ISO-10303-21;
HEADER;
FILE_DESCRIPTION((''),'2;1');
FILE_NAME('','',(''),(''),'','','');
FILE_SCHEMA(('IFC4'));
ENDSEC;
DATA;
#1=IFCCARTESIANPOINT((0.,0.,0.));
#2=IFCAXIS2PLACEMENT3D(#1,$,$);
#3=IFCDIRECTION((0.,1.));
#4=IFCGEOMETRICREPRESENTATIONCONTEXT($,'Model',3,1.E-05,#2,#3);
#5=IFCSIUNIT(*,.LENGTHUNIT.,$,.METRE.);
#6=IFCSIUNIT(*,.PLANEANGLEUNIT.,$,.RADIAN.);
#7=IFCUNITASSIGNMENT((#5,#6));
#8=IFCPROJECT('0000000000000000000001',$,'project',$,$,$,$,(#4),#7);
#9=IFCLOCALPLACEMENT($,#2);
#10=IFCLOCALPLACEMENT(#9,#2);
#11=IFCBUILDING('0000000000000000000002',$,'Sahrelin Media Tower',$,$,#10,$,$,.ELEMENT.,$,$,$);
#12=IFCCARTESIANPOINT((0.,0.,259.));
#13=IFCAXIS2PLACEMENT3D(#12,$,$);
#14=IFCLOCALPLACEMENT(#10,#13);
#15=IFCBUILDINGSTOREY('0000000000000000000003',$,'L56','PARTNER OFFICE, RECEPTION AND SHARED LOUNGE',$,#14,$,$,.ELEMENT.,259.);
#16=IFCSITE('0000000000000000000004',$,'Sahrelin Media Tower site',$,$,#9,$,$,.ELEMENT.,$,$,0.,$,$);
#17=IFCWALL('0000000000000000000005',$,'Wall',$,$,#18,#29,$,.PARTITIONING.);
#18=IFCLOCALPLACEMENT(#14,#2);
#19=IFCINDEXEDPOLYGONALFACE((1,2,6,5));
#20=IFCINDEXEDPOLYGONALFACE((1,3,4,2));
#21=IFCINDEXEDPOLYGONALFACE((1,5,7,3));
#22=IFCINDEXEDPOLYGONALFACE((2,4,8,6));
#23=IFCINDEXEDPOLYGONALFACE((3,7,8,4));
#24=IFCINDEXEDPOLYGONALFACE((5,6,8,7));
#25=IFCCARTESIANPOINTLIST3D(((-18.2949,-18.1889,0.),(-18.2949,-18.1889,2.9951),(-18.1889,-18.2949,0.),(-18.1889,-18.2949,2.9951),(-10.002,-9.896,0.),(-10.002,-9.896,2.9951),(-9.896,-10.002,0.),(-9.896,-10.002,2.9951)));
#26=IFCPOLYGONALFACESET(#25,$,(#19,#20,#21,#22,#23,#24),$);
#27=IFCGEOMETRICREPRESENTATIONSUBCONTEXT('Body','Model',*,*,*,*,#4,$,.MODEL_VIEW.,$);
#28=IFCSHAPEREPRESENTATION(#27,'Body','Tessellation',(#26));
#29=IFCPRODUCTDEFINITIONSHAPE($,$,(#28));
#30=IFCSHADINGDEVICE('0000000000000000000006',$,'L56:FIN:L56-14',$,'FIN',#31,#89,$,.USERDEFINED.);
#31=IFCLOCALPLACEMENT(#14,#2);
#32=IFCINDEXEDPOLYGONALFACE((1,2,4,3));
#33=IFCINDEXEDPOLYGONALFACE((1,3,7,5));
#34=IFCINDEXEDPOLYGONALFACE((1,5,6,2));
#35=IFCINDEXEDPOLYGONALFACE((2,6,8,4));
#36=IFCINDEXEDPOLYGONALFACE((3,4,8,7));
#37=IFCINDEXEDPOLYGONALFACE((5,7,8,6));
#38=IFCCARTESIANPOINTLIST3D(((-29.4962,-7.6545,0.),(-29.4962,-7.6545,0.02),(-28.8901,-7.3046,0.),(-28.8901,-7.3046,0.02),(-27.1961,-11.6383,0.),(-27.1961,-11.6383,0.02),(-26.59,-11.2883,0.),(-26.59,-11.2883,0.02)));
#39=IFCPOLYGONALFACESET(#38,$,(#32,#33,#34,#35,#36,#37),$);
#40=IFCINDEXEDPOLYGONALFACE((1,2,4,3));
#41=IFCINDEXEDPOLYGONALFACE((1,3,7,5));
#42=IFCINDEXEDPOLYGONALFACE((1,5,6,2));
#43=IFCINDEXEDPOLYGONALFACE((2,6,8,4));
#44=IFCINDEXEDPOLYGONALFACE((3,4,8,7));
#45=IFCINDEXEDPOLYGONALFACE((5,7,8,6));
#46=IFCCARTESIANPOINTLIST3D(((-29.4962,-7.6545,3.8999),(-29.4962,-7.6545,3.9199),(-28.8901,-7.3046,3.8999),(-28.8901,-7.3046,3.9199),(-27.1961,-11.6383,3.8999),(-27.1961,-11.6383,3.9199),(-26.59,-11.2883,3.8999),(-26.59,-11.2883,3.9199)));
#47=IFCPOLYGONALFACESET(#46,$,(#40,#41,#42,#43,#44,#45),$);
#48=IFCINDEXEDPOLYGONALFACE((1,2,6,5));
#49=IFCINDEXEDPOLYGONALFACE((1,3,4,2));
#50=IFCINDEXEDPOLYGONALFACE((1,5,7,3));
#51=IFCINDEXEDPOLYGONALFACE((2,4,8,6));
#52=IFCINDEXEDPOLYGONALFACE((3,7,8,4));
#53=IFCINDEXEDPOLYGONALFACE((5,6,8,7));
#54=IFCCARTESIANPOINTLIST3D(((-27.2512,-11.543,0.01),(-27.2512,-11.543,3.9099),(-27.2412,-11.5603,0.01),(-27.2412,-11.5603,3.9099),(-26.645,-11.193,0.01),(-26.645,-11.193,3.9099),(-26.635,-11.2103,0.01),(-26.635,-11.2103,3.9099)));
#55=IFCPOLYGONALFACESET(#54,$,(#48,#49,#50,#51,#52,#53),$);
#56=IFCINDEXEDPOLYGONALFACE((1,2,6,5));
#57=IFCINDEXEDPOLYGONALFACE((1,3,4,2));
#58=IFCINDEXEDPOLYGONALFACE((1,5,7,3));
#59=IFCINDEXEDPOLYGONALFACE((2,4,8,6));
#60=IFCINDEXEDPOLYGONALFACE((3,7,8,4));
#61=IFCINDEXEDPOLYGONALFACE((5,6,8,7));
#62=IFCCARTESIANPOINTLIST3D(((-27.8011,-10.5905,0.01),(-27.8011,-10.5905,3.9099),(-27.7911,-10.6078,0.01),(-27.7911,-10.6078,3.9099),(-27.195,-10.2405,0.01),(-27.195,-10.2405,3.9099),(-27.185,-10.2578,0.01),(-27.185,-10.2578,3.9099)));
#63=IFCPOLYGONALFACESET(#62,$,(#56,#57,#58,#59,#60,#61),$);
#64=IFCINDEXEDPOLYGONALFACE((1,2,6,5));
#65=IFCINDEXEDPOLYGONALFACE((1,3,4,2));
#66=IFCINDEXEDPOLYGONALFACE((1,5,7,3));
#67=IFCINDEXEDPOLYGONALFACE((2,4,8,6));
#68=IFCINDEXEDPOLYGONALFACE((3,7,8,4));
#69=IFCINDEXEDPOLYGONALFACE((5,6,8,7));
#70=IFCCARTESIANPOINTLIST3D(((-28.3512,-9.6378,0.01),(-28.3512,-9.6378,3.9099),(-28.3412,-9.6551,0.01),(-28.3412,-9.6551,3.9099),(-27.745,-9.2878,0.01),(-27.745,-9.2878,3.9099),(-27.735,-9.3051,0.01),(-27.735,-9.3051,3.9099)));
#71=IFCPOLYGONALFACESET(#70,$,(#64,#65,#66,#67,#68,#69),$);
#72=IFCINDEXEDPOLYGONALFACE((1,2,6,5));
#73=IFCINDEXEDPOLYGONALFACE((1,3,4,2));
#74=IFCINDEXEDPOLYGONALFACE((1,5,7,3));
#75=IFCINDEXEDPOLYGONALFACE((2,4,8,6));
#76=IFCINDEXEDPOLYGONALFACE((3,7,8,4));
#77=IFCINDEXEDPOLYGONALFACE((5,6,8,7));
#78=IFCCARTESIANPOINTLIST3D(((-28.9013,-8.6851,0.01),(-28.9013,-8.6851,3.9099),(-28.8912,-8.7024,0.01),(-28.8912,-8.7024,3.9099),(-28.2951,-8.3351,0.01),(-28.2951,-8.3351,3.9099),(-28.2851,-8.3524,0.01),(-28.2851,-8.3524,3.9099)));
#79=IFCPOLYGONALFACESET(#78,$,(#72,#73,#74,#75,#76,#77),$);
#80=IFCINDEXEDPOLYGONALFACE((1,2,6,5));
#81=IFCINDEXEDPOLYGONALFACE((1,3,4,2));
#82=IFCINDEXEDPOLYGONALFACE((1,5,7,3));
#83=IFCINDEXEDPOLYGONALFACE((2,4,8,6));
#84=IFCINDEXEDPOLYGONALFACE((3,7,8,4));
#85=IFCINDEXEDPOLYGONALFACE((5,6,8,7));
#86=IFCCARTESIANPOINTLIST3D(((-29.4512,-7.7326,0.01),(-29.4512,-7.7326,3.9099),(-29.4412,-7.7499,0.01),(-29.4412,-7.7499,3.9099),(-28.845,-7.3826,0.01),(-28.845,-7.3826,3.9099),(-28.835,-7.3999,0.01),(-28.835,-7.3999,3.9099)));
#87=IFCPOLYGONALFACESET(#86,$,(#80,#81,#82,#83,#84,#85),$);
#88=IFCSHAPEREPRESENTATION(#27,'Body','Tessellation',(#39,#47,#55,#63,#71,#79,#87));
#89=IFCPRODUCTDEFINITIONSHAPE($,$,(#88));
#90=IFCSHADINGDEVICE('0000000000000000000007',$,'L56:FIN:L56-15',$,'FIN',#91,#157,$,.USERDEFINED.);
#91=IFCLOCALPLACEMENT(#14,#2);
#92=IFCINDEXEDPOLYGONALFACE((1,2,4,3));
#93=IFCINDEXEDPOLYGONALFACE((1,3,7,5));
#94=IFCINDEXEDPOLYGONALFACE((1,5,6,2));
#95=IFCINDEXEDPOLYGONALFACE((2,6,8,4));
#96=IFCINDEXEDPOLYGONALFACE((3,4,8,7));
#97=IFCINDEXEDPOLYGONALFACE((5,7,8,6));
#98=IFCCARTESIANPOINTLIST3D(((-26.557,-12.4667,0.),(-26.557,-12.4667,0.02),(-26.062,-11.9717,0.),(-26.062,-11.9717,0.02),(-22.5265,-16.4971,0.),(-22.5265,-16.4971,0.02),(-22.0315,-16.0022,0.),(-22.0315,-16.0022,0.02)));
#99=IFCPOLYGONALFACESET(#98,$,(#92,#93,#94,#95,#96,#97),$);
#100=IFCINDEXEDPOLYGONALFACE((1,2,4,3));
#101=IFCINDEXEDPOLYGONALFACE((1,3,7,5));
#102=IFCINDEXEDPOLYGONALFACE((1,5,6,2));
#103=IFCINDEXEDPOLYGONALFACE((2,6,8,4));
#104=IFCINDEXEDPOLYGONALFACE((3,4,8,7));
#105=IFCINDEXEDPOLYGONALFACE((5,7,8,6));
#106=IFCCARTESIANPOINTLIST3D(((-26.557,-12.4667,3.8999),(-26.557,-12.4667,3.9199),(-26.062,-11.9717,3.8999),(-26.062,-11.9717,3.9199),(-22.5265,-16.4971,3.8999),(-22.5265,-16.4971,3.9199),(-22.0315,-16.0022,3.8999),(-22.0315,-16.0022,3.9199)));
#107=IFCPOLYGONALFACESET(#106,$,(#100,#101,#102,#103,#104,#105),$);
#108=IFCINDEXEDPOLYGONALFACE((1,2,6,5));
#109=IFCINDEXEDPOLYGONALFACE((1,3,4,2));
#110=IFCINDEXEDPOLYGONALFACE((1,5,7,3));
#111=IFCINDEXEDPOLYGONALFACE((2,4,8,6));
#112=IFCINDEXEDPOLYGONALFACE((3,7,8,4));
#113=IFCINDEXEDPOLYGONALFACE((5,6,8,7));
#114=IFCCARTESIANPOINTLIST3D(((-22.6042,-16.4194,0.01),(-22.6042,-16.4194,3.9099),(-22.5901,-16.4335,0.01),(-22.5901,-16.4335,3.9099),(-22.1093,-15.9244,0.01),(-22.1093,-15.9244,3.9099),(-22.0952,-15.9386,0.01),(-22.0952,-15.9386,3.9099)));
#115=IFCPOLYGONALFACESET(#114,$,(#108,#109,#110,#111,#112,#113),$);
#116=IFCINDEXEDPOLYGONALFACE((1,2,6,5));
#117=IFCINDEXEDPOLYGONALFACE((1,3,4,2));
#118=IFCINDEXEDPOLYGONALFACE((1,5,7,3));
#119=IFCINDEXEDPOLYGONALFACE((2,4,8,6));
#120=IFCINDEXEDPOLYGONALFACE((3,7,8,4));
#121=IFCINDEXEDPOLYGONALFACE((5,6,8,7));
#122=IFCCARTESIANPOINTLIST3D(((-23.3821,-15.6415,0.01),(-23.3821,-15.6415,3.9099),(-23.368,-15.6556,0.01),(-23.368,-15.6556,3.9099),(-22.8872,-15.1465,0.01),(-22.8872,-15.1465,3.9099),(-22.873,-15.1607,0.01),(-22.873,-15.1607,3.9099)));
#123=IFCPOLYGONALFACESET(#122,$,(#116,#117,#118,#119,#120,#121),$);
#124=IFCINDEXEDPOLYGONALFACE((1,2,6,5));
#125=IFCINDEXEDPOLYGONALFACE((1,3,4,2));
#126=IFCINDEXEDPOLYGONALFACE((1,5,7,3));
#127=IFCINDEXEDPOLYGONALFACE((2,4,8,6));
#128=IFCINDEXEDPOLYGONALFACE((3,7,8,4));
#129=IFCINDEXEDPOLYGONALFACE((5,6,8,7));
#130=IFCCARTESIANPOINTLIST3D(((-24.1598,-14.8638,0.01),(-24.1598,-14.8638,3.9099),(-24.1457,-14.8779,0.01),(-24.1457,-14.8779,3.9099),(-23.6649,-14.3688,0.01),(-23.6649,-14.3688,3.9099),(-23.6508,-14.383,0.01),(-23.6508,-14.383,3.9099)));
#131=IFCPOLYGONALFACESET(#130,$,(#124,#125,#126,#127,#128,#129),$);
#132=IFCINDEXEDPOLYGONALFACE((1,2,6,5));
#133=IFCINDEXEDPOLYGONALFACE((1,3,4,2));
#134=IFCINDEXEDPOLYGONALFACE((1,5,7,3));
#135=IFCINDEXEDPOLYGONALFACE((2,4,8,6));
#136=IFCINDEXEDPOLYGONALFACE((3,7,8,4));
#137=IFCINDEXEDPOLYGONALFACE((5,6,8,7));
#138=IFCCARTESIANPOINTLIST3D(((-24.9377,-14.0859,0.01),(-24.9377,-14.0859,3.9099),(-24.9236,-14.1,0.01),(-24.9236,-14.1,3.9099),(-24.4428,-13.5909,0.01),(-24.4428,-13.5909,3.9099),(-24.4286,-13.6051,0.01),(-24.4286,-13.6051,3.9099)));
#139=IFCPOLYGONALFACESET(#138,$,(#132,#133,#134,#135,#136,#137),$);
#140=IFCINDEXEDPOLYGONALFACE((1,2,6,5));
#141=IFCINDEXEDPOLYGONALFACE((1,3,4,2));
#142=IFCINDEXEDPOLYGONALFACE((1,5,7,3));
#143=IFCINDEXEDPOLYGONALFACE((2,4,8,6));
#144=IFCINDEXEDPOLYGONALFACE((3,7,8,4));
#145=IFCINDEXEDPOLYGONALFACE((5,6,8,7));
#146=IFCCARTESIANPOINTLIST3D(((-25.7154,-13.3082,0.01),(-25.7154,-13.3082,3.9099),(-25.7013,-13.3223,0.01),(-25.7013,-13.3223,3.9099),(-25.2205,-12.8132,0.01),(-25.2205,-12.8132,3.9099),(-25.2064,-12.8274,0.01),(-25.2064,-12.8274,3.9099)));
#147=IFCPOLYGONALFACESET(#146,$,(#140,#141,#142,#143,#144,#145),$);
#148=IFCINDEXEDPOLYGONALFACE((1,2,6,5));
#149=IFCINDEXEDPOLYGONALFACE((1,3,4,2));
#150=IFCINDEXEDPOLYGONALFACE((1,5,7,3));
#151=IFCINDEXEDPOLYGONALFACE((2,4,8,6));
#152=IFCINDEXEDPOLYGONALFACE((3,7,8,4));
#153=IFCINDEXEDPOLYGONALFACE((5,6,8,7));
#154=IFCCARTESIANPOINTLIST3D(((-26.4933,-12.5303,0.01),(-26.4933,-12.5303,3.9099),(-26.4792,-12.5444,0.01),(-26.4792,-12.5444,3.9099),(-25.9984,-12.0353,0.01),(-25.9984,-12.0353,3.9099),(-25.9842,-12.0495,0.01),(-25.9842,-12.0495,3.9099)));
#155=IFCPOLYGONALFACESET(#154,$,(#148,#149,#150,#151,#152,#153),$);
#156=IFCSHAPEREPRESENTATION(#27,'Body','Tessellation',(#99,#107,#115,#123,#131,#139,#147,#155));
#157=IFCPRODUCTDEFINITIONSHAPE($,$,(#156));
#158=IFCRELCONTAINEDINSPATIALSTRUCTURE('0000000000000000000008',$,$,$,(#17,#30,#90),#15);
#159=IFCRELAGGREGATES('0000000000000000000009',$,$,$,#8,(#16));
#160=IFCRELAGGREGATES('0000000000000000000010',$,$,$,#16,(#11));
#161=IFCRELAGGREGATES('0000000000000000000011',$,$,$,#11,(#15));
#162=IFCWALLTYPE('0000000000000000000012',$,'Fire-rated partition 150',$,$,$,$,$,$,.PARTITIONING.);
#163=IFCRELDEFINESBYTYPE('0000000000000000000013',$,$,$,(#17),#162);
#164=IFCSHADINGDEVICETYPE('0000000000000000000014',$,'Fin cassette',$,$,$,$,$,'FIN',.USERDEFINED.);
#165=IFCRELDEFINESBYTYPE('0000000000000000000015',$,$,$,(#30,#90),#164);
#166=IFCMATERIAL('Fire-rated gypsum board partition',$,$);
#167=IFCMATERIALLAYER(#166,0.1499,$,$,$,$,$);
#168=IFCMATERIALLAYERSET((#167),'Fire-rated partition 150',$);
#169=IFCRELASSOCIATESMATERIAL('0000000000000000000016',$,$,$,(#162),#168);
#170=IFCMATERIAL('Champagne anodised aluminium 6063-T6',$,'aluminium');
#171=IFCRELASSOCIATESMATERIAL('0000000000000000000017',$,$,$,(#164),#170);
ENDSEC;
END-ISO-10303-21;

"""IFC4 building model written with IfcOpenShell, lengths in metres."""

from ifc_helpers import new_model, si_unit, direction, frame, frame_2d, origin, origin_2d, place, context, subcontext, project, spatial, rectangle, extrude, material, layer, layer_set, type_object, element, save


model = new_model("IFC4")

# Units and contexts
model_context = context("Model", 3, precision=1e-05, world=origin(), true_north=direction((0.0, 1.0)))
body_context = subcontext(model_context, "Body", "Model", "MODEL_VIEW")
ifc_project = project(units=[si_unit("LENGTHUNIT", "METRE"), si_unit("PLANEANGLEUNIT", "RADIAN")], contexts=[model_context])

# Site, building, storey
site_placement = place(None, origin())
site = spatial("IfcSite", under=ifc_project, at=site_placement, Name="Sahrelin Media Tower site", CompositionType="ELEMENT", RefElevation=0.0)
building_placement = place(site_placement, origin())
building = spatial("IfcBuilding", under=site, at=building_placement, Name="Sahrelin Media Tower", CompositionType="ELEMENT")
storey_placement = place(building_placement, frame((0.0, 0.0, 259.0)))
storey = spatial("IfcBuildingStorey", under=building, at=storey_placement, Name="L56", Description="PARTNER OFFICE, RECEPTION AND SHARED LOUNGE", CompositionType="ELEMENT", Elevation=259.0)

# Shared definitions
ifc_material_1 = material(Name="Champagne anodised aluminium 6063-T6", Category="aluminium")

# Wall
ifc_material_2 = material(Name="Fire-rated gypsum board partition")
ifc_layer_1 = layer(ifc_material_2, 0.1499)
ifc_layer_set_1 = layer_set([ifc_layer_1], Name="Fire-rated partition 150")
wall_type = type_object("IfcWallType", Name="Fire-rated partition 150", PredefinedType="PARTITIONING", material=ifc_layer_set_1)
wall_placement = place(storey_placement, frame((-18.2419, -18.2419, 0.0), z_axis=(0.0, 0.0, 1.0), x_axis=(0.707107, 0.707107, 0.0)))
element("IfcWall", 1, at=wall_placement, inside=storey, type_object=wall_type, Name="Wall", PredefinedType="PARTITIONING", context=body_context, shape_type="SweptSolid", body=[
    extrude(rectangle(XDim=11.728, YDim=0.1499, at=frame_2d((5.864, 0.0))), origin(), (0.0, 0.0, 1.0), 2.9951),
])

# Shading devices
shading_device_type_1 = type_object("IfcShadingDeviceType", Name="Fin cassette", ElementType="FIN", PredefinedType="USERDEFINED", material=ifc_material_1)
placement_1 = place(storey_placement, frame((-27.6794, -9.2615, 0.0), z_axis=(0.0, 0.0, 1.0), x_axis=(-0.500011, 0.866019, 0.0)))
element("IfcShadingDevice", 2, at=placement_1, inside=storey, type_object=shading_device_type_1, Name="L56:FIN:L56-14", ObjectType="FIN", PredefinedType="USERDEFINED", context=body_context, shape_type="SweptSolid", body=[
    extrude(rectangle(XDim=4.6001, YDim=0.7, at=origin_2d()), frame((0.0, 0.4199, 0.0)), (0.0, 0.0, 1.0), 0.02),
    extrude(rectangle(XDim=4.6001, YDim=0.7, at=origin_2d()), frame((0.0, 0.4199, 3.8999)), (0.0, 0.0, 1.0), 0.02),
    extrude(rectangle(XDim=0.02, YDim=0.7, at=origin_2d()), frame((-2.2, 0.4199, 0.01), z_axis=(0.0, 0.0, 1.0), x_axis=(1.0, 0.0, 0.0)), (0.0, 0.0, 1.0), 3.8999),
    extrude(rectangle(XDim=0.02, YDim=0.7, at=origin_2d()), frame((-1.1001, 0.4199, 0.01), z_axis=(0.0, 0.0, 1.0), x_axis=(1.0, 0.0, 0.0)), (0.0, 0.0, 1.0), 3.8999),
    extrude(rectangle(XDim=0.02, YDim=0.7, at=origin_2d()), frame((0.0, 0.4199, 0.01), z_axis=(0.0, 0.0, 1.0), x_axis=(1.0, 0.0, 0.0)), (0.0, 0.0, 1.0), 3.8999),
    extrude(rectangle(XDim=0.02, YDim=0.7, at=origin_2d()), frame((1.1001, 0.4199, 0.01), z_axis=(0.0, 0.0, 1.0), x_axis=(1.0, 0.0, 0.0)), (0.0, 0.0, 1.0), 3.8999),
    extrude(rectangle(XDim=0.02, YDim=0.7, at=origin_2d()), frame((2.2, 0.4199, 0.01), z_axis=(0.0, 0.0, 1.0), x_axis=(1.0, 0.0, 0.0)), (0.0, 0.0, 1.0), 3.8999),
])
placement_2 = place(storey_placement, frame((-23.9973, -13.9375, 0.0), z_axis=(0.0, 0.0, 1.0), x_axis=(-0.707107, 0.707107, 0.0)))
element("IfcShadingDevice", 3, at=placement_2, inside=storey, type_object=shading_device_type_1, Name="L56:FIN:L56-15", ObjectType="FIN", PredefinedType="USERDEFINED", context=body_context, shape_type="SweptSolid", body=[
    extrude(rectangle(XDim=5.7, YDim=0.7, at=origin_2d()), frame((0.0, 0.4199, 0.0)), (0.0, 0.0, 1.0), 0.02),
    extrude(rectangle(XDim=5.7, YDim=0.7, at=origin_2d()), frame((0.0, 0.4199, 3.8999)), (0.0, 0.0, 1.0), 0.02),
    extrude(rectangle(XDim=0.02, YDim=0.7, at=origin_2d()), frame((-2.75, 0.4199, 0.01), z_axis=(0.0, 0.0, 1.0), x_axis=(1.0, 0.0, 0.0)), (0.0, 0.0, 1.0), 3.8999),
    extrude(rectangle(XDim=0.02, YDim=0.7, at=origin_2d()), frame((-1.6499, 0.4199, 0.01), z_axis=(0.0, 0.0, 1.0), x_axis=(1.0, 0.0, 0.0)), (0.0, 0.0, 1.0), 3.8999),
    extrude(rectangle(XDim=0.02, YDim=0.7, at=origin_2d()), frame((-0.55, 0.4199, 0.01), z_axis=(0.0, 0.0, 1.0), x_axis=(1.0, 0.0, 0.0)), (0.0, 0.0, 1.0), 3.8999),
    extrude(rectangle(XDim=0.02, YDim=0.7, at=origin_2d()), frame((0.55, 0.4199, 0.01), z_axis=(0.0, 0.0, 1.0), x_axis=(1.0, 0.0, 0.0)), (0.0, 0.0, 1.0), 3.8999),
    extrude(rectangle(XDim=0.02, YDim=0.7, at=origin_2d()), frame((1.6499, 0.4199, 0.01), z_axis=(0.0, 0.0, 1.0), x_axis=(1.0, 0.0, 0.0)), (0.0, 0.0, 1.0), 3.8999),
    extrude(rectangle(XDim=0.02, YDim=0.7, at=origin_2d()), frame((2.75, 0.4199, 0.01), z_axis=(0.0, 0.0, 1.0), x_axis=(1.0, 0.0, 0.0)), (0.0, 0.0, 1.0), 3.8999),
])

save(model, "model.ifc")
